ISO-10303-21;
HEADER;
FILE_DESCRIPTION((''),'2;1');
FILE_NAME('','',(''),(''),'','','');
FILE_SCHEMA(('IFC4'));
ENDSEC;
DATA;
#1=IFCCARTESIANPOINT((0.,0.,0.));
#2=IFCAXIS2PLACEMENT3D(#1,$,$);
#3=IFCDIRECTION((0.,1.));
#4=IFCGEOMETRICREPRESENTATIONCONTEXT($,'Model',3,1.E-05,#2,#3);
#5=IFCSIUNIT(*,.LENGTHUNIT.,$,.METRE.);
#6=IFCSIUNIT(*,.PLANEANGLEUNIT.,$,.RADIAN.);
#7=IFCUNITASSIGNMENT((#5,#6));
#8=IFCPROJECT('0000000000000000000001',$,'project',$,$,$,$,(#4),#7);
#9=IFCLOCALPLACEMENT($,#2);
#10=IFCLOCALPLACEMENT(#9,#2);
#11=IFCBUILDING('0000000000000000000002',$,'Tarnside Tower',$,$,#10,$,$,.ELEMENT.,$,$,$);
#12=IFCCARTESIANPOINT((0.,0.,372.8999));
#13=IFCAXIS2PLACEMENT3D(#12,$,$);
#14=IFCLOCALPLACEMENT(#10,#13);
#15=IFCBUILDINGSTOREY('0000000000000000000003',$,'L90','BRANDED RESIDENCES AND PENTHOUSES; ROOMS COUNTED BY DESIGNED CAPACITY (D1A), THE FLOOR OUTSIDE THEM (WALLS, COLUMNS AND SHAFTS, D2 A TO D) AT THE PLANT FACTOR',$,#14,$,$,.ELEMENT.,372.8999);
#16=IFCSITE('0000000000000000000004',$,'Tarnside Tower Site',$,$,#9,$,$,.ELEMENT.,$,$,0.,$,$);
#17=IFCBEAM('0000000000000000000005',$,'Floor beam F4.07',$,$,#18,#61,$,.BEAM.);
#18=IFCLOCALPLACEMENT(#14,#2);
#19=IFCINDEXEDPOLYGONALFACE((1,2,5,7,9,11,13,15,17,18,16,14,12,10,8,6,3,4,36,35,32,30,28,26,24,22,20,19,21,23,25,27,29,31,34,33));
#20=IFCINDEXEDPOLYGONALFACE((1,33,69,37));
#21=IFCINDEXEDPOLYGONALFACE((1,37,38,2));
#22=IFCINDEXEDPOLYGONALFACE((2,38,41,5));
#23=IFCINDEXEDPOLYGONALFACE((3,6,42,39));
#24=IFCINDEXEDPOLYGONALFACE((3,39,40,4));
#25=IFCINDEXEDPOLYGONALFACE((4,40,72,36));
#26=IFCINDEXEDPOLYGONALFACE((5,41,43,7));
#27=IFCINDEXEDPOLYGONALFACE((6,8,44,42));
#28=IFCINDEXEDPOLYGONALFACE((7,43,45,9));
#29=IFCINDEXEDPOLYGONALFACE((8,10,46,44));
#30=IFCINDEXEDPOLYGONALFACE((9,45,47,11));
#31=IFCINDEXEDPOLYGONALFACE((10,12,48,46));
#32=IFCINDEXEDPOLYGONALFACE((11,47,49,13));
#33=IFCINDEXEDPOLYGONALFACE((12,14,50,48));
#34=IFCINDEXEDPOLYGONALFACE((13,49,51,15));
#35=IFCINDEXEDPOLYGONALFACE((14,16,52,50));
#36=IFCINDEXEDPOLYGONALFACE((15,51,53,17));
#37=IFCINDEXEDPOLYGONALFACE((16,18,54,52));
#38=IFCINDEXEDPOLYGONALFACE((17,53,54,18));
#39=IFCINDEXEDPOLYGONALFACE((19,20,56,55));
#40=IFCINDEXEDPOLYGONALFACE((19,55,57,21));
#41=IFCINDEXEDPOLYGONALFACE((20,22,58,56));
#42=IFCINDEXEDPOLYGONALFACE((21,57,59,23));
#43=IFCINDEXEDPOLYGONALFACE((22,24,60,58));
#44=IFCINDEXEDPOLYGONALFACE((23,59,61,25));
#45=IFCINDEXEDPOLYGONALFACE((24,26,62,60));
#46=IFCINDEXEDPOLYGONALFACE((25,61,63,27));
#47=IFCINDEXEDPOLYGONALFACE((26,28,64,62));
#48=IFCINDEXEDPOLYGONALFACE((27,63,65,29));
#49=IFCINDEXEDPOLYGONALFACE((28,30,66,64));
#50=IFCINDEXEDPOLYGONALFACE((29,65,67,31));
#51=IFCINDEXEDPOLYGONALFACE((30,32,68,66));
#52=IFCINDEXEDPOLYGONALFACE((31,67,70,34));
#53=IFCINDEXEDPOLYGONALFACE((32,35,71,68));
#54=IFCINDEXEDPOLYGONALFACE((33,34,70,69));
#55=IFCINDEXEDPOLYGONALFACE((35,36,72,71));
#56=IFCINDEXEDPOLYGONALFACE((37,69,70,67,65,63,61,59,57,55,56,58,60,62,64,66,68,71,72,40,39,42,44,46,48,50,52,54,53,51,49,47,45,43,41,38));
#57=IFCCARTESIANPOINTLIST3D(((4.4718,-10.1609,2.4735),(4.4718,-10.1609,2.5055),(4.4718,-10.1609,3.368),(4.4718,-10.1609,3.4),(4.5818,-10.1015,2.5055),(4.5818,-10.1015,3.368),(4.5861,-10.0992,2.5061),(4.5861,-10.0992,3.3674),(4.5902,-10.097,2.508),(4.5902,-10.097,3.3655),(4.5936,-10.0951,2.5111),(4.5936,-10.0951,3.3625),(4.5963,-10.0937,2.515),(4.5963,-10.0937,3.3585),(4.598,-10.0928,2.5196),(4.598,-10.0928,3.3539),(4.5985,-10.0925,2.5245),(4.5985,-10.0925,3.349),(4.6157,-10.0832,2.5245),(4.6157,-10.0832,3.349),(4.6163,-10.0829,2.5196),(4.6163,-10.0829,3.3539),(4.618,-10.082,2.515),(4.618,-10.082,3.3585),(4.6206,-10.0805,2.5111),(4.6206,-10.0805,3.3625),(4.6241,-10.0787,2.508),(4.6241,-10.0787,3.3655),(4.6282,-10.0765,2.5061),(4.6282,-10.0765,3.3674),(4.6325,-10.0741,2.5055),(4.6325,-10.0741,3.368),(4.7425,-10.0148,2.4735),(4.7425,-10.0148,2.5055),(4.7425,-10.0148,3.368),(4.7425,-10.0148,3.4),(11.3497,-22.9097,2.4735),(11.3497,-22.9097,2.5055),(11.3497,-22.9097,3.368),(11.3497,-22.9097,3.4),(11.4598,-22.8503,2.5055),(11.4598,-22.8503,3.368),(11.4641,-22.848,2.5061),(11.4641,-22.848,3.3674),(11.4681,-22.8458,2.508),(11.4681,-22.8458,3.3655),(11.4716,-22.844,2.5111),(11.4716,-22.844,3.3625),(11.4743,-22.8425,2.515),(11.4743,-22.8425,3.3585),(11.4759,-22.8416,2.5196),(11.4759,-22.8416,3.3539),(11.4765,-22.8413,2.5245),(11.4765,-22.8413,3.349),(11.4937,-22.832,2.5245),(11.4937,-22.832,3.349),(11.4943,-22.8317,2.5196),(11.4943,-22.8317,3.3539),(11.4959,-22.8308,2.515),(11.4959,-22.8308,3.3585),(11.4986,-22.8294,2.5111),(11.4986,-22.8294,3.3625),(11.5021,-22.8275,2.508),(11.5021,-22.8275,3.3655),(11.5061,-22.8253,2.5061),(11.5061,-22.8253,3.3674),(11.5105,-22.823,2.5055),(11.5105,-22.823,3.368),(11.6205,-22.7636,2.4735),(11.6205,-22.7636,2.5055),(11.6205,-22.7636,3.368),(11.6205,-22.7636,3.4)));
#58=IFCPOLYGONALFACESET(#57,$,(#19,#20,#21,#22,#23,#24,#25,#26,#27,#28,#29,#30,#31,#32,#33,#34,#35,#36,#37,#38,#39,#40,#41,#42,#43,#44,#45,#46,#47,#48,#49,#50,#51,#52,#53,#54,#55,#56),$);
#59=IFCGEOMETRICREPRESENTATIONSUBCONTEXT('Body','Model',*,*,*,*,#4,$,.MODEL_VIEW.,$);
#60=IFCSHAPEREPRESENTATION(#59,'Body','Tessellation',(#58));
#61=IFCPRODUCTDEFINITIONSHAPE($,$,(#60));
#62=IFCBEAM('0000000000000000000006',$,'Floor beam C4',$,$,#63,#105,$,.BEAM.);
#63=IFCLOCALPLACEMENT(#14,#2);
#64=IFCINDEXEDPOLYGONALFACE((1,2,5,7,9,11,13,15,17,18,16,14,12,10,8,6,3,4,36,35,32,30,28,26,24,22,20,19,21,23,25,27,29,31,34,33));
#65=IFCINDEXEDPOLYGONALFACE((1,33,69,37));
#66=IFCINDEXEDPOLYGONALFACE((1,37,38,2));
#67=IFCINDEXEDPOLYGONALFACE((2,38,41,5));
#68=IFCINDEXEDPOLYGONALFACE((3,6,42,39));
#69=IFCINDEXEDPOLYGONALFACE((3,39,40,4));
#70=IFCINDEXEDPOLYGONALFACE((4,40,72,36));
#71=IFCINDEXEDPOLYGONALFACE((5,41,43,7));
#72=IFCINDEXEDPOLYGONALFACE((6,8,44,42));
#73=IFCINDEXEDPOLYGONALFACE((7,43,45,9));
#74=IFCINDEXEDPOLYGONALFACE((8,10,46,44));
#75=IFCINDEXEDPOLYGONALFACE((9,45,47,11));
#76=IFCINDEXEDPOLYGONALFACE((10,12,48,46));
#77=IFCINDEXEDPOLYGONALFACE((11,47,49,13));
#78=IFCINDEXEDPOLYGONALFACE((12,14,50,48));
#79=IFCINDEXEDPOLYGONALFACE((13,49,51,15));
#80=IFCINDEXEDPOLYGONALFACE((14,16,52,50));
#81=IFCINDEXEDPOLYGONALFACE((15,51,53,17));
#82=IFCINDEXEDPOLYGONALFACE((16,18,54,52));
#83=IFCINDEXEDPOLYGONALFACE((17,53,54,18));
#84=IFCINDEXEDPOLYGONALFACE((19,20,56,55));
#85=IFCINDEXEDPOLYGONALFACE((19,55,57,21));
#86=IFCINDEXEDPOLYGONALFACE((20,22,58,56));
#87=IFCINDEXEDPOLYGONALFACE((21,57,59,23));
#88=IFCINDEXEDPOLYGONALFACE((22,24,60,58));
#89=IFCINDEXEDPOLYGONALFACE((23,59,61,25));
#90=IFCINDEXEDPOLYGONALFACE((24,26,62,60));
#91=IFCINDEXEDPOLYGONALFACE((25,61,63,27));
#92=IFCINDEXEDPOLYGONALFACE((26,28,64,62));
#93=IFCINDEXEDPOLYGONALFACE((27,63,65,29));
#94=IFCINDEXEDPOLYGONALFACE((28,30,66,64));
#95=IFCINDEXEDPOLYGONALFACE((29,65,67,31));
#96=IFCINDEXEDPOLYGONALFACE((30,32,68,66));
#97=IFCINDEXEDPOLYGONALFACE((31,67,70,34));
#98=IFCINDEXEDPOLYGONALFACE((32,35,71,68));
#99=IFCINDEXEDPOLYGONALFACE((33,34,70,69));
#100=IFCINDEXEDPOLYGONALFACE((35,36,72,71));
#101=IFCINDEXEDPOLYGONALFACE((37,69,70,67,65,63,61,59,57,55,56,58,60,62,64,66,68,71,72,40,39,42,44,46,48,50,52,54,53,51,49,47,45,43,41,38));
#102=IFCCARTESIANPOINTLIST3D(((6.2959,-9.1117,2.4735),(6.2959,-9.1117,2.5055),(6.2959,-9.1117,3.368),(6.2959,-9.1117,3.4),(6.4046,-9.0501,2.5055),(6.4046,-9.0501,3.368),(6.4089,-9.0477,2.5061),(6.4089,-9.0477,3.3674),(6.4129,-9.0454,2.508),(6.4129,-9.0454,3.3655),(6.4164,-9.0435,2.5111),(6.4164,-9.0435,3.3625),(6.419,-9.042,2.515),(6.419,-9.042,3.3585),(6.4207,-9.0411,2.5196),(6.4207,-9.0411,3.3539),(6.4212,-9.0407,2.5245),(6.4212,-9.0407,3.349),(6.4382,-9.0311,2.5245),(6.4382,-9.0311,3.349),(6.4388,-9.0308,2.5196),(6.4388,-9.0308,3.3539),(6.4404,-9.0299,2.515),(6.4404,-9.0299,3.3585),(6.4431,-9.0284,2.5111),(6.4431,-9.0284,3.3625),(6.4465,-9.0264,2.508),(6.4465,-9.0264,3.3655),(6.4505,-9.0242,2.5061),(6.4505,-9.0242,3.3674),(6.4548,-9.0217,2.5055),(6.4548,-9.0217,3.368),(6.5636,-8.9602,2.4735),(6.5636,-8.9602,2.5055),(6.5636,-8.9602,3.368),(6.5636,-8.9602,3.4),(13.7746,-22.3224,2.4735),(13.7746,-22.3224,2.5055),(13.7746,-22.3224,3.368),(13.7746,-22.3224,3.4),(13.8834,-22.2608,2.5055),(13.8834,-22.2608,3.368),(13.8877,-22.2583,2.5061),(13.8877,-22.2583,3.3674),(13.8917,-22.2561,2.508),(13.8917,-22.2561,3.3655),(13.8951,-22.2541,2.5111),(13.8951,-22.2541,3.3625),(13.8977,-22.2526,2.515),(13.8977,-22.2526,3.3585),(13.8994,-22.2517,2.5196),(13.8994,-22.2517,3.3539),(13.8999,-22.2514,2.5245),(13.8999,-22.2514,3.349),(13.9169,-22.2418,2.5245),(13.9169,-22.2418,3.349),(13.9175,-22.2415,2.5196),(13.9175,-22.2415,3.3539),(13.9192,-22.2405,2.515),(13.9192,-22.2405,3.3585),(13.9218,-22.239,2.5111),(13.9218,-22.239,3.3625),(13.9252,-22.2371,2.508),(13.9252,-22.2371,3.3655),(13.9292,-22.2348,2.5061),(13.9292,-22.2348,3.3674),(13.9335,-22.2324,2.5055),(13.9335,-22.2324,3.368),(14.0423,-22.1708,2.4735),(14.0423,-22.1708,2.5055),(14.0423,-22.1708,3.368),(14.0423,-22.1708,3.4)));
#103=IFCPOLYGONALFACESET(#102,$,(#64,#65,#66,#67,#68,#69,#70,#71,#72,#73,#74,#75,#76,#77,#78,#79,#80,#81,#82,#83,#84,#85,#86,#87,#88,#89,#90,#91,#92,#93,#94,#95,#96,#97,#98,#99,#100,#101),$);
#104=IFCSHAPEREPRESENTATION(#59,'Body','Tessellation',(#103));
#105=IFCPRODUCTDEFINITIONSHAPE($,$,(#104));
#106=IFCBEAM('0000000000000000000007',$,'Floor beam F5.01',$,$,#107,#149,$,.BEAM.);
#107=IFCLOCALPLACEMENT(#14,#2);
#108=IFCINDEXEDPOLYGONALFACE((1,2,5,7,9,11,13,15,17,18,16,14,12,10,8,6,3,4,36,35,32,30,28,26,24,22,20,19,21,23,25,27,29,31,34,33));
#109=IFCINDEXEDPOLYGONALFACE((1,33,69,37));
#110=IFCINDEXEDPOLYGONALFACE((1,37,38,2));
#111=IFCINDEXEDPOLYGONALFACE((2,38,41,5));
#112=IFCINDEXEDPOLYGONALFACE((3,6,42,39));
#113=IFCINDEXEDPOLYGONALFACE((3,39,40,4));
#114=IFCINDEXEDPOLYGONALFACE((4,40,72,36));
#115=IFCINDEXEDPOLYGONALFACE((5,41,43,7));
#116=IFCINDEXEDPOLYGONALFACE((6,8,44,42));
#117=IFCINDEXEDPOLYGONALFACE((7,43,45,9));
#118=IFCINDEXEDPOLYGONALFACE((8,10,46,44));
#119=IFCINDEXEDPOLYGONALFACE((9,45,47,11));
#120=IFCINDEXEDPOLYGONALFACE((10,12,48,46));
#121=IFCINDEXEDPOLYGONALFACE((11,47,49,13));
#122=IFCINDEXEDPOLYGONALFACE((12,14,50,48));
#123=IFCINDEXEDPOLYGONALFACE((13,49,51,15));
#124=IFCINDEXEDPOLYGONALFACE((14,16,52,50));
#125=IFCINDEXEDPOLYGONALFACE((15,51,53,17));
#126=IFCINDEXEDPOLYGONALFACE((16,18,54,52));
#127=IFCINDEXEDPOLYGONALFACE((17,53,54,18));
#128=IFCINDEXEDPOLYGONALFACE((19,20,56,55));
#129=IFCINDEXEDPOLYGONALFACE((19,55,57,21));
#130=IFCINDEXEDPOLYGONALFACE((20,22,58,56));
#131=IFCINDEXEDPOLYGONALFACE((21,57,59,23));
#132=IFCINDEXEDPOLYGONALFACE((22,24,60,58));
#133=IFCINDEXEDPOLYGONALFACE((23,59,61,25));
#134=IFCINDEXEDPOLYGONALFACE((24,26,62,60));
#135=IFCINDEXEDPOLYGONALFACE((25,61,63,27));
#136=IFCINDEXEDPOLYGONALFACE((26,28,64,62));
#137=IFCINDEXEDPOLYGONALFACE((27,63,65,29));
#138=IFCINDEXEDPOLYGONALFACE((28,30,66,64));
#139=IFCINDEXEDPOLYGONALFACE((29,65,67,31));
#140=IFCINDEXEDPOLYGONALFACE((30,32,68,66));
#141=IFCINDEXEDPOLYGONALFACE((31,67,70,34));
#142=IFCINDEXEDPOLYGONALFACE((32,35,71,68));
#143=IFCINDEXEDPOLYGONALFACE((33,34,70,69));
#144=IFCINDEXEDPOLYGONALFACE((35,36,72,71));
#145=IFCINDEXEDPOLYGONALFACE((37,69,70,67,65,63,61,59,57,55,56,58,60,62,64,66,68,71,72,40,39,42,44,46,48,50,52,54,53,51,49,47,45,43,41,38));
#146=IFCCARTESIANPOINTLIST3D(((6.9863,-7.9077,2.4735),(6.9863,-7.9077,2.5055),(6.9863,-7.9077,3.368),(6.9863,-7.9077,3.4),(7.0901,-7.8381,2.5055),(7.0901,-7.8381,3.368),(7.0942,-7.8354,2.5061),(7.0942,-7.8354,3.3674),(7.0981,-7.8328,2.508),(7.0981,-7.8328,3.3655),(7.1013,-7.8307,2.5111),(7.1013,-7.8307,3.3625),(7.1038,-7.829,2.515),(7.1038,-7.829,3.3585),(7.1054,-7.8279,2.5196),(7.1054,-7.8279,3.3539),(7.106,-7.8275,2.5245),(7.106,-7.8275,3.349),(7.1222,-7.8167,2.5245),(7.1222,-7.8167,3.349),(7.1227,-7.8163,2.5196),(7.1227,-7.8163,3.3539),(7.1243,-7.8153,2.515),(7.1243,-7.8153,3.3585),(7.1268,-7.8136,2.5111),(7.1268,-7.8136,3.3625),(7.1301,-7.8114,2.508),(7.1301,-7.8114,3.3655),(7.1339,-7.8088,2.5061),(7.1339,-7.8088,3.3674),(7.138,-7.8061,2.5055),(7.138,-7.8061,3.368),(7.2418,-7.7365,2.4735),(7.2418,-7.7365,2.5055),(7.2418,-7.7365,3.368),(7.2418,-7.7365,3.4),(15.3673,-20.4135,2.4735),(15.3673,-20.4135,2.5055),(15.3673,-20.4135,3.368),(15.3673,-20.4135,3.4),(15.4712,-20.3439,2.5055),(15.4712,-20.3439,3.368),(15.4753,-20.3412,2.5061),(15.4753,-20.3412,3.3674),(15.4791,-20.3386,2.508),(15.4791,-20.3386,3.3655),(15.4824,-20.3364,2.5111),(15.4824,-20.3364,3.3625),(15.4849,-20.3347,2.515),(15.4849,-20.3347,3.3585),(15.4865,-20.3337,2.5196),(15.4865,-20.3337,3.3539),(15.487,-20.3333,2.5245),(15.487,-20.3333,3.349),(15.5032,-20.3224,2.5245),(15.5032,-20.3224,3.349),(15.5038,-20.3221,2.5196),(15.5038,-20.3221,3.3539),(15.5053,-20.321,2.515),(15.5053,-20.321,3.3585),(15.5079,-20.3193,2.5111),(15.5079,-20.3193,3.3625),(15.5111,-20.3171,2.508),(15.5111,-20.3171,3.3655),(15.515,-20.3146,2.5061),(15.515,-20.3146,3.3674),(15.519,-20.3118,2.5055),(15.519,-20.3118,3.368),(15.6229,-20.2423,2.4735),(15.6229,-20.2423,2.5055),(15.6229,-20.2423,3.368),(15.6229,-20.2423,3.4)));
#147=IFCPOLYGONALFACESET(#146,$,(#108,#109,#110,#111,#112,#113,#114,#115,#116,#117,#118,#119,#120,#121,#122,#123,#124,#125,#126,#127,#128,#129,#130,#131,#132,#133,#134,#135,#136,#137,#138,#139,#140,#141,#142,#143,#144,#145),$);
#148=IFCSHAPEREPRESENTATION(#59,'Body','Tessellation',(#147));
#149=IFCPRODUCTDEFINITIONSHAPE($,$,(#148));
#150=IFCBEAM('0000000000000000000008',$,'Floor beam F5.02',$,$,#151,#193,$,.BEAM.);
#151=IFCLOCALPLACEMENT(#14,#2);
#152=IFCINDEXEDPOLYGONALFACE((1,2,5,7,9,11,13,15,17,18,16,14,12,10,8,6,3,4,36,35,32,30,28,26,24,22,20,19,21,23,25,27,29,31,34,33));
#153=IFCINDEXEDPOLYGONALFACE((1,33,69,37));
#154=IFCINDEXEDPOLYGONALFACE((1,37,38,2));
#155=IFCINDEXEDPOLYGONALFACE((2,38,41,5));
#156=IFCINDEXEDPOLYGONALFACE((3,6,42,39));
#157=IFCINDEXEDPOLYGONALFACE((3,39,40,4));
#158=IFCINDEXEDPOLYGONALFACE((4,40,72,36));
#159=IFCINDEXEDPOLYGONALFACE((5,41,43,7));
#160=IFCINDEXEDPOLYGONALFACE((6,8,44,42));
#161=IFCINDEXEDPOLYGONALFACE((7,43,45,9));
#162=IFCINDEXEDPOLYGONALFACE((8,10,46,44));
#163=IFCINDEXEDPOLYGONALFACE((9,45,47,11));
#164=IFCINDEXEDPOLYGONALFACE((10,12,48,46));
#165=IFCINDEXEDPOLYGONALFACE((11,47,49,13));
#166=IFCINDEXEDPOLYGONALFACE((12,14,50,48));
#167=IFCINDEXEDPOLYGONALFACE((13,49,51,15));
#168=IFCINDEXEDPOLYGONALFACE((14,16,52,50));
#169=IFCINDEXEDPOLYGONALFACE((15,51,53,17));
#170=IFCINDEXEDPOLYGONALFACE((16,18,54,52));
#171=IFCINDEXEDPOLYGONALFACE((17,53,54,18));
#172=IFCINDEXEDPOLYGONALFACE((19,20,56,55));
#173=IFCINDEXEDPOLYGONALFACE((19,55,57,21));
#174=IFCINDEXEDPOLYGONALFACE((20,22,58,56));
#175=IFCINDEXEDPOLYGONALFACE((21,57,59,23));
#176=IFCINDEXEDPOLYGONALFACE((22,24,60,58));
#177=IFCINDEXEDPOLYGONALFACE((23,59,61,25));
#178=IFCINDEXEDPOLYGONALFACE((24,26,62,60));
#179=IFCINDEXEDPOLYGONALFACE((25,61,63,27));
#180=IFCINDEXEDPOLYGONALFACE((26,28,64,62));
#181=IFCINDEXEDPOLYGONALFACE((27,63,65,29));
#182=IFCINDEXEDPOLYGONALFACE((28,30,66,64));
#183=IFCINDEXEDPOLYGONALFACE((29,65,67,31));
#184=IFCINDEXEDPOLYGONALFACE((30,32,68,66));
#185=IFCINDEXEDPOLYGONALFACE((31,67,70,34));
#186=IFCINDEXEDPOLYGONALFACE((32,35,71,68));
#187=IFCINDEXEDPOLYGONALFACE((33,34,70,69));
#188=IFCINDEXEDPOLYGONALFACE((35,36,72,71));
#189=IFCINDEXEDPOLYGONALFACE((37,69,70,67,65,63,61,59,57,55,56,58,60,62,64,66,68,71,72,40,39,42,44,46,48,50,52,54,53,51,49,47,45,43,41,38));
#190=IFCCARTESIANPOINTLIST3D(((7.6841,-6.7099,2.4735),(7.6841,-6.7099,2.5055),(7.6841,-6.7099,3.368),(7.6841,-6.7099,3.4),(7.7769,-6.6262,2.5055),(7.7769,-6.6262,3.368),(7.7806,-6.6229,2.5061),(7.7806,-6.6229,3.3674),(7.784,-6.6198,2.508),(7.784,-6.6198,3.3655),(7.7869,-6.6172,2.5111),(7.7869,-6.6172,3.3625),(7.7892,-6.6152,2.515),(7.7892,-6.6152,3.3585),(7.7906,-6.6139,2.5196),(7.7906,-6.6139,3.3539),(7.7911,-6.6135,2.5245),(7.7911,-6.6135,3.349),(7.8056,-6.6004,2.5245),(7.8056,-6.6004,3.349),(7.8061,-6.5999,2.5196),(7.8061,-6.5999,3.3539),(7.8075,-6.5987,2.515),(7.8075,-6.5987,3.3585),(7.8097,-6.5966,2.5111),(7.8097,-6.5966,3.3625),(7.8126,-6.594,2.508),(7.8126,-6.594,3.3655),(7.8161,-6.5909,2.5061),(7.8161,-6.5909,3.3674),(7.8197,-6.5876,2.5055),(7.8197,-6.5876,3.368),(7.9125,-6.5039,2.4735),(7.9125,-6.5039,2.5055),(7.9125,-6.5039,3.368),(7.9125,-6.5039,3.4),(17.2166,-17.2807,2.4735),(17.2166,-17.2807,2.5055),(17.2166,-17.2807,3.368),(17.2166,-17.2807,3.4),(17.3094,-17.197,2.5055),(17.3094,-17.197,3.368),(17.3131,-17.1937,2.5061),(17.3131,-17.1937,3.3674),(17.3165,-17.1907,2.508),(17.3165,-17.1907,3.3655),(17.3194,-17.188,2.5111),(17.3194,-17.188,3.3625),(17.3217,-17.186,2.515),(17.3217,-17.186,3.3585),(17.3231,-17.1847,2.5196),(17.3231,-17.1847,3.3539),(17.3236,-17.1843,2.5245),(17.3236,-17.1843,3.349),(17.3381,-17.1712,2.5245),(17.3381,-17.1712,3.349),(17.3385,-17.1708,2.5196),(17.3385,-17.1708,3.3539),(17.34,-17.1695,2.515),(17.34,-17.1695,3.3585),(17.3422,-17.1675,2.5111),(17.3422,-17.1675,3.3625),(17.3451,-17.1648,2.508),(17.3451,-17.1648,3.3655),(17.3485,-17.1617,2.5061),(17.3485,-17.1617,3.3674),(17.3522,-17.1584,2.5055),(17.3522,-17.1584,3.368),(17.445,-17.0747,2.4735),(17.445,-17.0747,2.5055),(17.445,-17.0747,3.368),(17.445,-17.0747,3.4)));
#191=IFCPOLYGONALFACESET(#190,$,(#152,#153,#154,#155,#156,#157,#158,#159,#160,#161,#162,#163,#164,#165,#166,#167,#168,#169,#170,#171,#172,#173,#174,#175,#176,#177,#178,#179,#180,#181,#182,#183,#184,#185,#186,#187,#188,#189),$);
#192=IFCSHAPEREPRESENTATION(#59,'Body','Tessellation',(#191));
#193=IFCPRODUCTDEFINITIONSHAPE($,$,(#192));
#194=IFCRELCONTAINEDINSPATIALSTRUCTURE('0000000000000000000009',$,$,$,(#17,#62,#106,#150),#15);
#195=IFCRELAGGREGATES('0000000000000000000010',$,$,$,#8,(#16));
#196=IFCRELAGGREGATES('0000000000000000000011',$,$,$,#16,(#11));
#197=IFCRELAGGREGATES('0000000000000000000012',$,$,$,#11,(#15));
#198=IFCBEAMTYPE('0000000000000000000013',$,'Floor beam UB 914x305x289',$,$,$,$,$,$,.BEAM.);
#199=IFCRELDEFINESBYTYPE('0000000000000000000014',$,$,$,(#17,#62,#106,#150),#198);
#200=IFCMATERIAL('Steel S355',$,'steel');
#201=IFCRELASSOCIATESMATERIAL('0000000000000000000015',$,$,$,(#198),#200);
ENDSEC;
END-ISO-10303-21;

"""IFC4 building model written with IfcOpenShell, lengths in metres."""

from ifc_helpers import new_model, si_unit, direction, frame, origin, origin_2d, place, context, subcontext, project, spatial, i_section, extrude, material, material_profile, profile_set, type_object, element, save


model = new_model("IFC4")

# Units and contexts
model_context = context("Model", 3, precision=1e-05, world=origin(), true_north=direction((0.0, 1.0)))
body_context = subcontext(model_context, "Body", "Model", "MODEL_VIEW")
ifc_project = project(units=[si_unit("LENGTHUNIT", "METRE"), si_unit("PLANEANGLEUNIT", "RADIAN")], contexts=[model_context])

# Site, building, storey
site_placement = place(None, origin())
site = spatial("IfcSite", under=ifc_project, at=site_placement, Name="Tarnside Tower Site", CompositionType="ELEMENT", RefElevation=0.0)
building_placement = place(site_placement, origin())
building = spatial("IfcBuilding", under=site, at=building_placement, Name="Tarnside Tower", CompositionType="ELEMENT")
storey_placement = place(building_placement, frame((0.0, 0.0, 372.8999)))
storey = spatial("IfcBuildingStorey", under=building, at=storey_placement, Name="L90", Description="BRANDED RESIDENCES AND PENTHOUSES; ROOMS COUNTED BY DESIGNED CAPACITY (D1A), THE FLOOR OUTSIDE THEM (WALLS, COLUMNS AND SHAFTS, D2 A TO D) AT THE PLANT FACTOR", CompositionType="ELEMENT", Elevation=372.8999)

# Beams
ifc_material_1 = material(Name="Steel S355", Category="steel")
ifc_material_profile = material_profile(ifc_material_1, i_section(OverallWidth=0.3076, OverallDepth=0.9265, WebThickness=0.0195, FlangeThickness=0.032, FilletRadius=0.019, at=origin_2d()), Name="UB 914x305x289")
ifc_profile_set = profile_set([ifc_material_profile], Name="Steel S355")
beam_type = type_object("IfcBeamType", Name="Floor beam UB 914x305x289", PredefinedType="BEAM", material=ifc_profile_set)
beam_1_placement = place(storey_placement, frame((11.4851, -22.8367, 2.9368), z_axis=(-0.474806, 0.88009, 0.0), x_axis=(-0.88009, -0.474806, 0.0)))
element("IfcBeam", 1, at=beam_1_placement, inside=storey, type_object=beam_type, Name="Floor beam F4.07", PredefinedType="BEAM", context=body_context, shape_type="SweptSolid", body=[
    extrude(i_section(OverallWidth=0.3076, OverallDepth=0.9265, WebThickness=0.0195, FlangeThickness=0.032, FilletRadius=0.019, at=origin_2d()), origin(), (0.0, 0.0, 1.0), 14.4858),
])
beam_2_placement = place(storey_placement, frame((13.9084, -22.2466, 2.9368), z_axis=(-0.492649, 0.870228, 0.0), x_axis=(-0.870228, -0.492649, 0.0)))
element("IfcBeam", 2, at=beam_2_placement, inside=storey, type_object=beam_type, Name="Floor beam C4", PredefinedType="BEAM", context=body_context, shape_type="SweptSolid", body=[
    extrude(i_section(OverallWidth=0.3076, OverallDepth=0.9265, WebThickness=0.0195, FlangeThickness=0.032, FilletRadius=0.019, at=origin_2d()), origin(), (0.0, 0.0, 1.0), 15.1807),
])
beam_3_placement = place(storey_placement, frame((15.4951, -20.3279, 2.9368), z_axis=(-0.556716, 0.830703, 0.0), x_axis=(-0.830703, -0.556716, 0.0)))
element("IfcBeam", 3, at=beam_3_placement, inside=storey, type_object=beam_type, Name="Floor beam F5.01", PredefinedType="BEAM", context=body_context, shape_type="SweptSolid", body=[
    extrude(i_section(OverallWidth=0.3076, OverallDepth=0.9265, WebThickness=0.0195, FlangeThickness=0.032, FilletRadius=0.019, at=origin_2d()), origin(), (0.0, 0.0, 1.0), 15.0544),
])
beam_4_placement = place(storey_placement, frame((17.3308, -17.1777, 2.9368), z_axis=(-0.669692, 0.742639, 0.0), x_axis=(-0.742639, -0.669692, 0.0)))
element("IfcBeam", 4, at=beam_4_placement, inside=storey, type_object=beam_type, Name="Floor beam F5.02", PredefinedType="BEAM", context=body_context, shape_type="SweptSolid", body=[
    extrude(i_section(OverallWidth=0.3076, OverallDepth=0.9265, WebThickness=0.0195, FlangeThickness=0.032, FilletRadius=0.019, at=origin_2d()), origin(), (0.0, 0.0, 1.0), 14.2341),
])

save(model, "model.ifc")
